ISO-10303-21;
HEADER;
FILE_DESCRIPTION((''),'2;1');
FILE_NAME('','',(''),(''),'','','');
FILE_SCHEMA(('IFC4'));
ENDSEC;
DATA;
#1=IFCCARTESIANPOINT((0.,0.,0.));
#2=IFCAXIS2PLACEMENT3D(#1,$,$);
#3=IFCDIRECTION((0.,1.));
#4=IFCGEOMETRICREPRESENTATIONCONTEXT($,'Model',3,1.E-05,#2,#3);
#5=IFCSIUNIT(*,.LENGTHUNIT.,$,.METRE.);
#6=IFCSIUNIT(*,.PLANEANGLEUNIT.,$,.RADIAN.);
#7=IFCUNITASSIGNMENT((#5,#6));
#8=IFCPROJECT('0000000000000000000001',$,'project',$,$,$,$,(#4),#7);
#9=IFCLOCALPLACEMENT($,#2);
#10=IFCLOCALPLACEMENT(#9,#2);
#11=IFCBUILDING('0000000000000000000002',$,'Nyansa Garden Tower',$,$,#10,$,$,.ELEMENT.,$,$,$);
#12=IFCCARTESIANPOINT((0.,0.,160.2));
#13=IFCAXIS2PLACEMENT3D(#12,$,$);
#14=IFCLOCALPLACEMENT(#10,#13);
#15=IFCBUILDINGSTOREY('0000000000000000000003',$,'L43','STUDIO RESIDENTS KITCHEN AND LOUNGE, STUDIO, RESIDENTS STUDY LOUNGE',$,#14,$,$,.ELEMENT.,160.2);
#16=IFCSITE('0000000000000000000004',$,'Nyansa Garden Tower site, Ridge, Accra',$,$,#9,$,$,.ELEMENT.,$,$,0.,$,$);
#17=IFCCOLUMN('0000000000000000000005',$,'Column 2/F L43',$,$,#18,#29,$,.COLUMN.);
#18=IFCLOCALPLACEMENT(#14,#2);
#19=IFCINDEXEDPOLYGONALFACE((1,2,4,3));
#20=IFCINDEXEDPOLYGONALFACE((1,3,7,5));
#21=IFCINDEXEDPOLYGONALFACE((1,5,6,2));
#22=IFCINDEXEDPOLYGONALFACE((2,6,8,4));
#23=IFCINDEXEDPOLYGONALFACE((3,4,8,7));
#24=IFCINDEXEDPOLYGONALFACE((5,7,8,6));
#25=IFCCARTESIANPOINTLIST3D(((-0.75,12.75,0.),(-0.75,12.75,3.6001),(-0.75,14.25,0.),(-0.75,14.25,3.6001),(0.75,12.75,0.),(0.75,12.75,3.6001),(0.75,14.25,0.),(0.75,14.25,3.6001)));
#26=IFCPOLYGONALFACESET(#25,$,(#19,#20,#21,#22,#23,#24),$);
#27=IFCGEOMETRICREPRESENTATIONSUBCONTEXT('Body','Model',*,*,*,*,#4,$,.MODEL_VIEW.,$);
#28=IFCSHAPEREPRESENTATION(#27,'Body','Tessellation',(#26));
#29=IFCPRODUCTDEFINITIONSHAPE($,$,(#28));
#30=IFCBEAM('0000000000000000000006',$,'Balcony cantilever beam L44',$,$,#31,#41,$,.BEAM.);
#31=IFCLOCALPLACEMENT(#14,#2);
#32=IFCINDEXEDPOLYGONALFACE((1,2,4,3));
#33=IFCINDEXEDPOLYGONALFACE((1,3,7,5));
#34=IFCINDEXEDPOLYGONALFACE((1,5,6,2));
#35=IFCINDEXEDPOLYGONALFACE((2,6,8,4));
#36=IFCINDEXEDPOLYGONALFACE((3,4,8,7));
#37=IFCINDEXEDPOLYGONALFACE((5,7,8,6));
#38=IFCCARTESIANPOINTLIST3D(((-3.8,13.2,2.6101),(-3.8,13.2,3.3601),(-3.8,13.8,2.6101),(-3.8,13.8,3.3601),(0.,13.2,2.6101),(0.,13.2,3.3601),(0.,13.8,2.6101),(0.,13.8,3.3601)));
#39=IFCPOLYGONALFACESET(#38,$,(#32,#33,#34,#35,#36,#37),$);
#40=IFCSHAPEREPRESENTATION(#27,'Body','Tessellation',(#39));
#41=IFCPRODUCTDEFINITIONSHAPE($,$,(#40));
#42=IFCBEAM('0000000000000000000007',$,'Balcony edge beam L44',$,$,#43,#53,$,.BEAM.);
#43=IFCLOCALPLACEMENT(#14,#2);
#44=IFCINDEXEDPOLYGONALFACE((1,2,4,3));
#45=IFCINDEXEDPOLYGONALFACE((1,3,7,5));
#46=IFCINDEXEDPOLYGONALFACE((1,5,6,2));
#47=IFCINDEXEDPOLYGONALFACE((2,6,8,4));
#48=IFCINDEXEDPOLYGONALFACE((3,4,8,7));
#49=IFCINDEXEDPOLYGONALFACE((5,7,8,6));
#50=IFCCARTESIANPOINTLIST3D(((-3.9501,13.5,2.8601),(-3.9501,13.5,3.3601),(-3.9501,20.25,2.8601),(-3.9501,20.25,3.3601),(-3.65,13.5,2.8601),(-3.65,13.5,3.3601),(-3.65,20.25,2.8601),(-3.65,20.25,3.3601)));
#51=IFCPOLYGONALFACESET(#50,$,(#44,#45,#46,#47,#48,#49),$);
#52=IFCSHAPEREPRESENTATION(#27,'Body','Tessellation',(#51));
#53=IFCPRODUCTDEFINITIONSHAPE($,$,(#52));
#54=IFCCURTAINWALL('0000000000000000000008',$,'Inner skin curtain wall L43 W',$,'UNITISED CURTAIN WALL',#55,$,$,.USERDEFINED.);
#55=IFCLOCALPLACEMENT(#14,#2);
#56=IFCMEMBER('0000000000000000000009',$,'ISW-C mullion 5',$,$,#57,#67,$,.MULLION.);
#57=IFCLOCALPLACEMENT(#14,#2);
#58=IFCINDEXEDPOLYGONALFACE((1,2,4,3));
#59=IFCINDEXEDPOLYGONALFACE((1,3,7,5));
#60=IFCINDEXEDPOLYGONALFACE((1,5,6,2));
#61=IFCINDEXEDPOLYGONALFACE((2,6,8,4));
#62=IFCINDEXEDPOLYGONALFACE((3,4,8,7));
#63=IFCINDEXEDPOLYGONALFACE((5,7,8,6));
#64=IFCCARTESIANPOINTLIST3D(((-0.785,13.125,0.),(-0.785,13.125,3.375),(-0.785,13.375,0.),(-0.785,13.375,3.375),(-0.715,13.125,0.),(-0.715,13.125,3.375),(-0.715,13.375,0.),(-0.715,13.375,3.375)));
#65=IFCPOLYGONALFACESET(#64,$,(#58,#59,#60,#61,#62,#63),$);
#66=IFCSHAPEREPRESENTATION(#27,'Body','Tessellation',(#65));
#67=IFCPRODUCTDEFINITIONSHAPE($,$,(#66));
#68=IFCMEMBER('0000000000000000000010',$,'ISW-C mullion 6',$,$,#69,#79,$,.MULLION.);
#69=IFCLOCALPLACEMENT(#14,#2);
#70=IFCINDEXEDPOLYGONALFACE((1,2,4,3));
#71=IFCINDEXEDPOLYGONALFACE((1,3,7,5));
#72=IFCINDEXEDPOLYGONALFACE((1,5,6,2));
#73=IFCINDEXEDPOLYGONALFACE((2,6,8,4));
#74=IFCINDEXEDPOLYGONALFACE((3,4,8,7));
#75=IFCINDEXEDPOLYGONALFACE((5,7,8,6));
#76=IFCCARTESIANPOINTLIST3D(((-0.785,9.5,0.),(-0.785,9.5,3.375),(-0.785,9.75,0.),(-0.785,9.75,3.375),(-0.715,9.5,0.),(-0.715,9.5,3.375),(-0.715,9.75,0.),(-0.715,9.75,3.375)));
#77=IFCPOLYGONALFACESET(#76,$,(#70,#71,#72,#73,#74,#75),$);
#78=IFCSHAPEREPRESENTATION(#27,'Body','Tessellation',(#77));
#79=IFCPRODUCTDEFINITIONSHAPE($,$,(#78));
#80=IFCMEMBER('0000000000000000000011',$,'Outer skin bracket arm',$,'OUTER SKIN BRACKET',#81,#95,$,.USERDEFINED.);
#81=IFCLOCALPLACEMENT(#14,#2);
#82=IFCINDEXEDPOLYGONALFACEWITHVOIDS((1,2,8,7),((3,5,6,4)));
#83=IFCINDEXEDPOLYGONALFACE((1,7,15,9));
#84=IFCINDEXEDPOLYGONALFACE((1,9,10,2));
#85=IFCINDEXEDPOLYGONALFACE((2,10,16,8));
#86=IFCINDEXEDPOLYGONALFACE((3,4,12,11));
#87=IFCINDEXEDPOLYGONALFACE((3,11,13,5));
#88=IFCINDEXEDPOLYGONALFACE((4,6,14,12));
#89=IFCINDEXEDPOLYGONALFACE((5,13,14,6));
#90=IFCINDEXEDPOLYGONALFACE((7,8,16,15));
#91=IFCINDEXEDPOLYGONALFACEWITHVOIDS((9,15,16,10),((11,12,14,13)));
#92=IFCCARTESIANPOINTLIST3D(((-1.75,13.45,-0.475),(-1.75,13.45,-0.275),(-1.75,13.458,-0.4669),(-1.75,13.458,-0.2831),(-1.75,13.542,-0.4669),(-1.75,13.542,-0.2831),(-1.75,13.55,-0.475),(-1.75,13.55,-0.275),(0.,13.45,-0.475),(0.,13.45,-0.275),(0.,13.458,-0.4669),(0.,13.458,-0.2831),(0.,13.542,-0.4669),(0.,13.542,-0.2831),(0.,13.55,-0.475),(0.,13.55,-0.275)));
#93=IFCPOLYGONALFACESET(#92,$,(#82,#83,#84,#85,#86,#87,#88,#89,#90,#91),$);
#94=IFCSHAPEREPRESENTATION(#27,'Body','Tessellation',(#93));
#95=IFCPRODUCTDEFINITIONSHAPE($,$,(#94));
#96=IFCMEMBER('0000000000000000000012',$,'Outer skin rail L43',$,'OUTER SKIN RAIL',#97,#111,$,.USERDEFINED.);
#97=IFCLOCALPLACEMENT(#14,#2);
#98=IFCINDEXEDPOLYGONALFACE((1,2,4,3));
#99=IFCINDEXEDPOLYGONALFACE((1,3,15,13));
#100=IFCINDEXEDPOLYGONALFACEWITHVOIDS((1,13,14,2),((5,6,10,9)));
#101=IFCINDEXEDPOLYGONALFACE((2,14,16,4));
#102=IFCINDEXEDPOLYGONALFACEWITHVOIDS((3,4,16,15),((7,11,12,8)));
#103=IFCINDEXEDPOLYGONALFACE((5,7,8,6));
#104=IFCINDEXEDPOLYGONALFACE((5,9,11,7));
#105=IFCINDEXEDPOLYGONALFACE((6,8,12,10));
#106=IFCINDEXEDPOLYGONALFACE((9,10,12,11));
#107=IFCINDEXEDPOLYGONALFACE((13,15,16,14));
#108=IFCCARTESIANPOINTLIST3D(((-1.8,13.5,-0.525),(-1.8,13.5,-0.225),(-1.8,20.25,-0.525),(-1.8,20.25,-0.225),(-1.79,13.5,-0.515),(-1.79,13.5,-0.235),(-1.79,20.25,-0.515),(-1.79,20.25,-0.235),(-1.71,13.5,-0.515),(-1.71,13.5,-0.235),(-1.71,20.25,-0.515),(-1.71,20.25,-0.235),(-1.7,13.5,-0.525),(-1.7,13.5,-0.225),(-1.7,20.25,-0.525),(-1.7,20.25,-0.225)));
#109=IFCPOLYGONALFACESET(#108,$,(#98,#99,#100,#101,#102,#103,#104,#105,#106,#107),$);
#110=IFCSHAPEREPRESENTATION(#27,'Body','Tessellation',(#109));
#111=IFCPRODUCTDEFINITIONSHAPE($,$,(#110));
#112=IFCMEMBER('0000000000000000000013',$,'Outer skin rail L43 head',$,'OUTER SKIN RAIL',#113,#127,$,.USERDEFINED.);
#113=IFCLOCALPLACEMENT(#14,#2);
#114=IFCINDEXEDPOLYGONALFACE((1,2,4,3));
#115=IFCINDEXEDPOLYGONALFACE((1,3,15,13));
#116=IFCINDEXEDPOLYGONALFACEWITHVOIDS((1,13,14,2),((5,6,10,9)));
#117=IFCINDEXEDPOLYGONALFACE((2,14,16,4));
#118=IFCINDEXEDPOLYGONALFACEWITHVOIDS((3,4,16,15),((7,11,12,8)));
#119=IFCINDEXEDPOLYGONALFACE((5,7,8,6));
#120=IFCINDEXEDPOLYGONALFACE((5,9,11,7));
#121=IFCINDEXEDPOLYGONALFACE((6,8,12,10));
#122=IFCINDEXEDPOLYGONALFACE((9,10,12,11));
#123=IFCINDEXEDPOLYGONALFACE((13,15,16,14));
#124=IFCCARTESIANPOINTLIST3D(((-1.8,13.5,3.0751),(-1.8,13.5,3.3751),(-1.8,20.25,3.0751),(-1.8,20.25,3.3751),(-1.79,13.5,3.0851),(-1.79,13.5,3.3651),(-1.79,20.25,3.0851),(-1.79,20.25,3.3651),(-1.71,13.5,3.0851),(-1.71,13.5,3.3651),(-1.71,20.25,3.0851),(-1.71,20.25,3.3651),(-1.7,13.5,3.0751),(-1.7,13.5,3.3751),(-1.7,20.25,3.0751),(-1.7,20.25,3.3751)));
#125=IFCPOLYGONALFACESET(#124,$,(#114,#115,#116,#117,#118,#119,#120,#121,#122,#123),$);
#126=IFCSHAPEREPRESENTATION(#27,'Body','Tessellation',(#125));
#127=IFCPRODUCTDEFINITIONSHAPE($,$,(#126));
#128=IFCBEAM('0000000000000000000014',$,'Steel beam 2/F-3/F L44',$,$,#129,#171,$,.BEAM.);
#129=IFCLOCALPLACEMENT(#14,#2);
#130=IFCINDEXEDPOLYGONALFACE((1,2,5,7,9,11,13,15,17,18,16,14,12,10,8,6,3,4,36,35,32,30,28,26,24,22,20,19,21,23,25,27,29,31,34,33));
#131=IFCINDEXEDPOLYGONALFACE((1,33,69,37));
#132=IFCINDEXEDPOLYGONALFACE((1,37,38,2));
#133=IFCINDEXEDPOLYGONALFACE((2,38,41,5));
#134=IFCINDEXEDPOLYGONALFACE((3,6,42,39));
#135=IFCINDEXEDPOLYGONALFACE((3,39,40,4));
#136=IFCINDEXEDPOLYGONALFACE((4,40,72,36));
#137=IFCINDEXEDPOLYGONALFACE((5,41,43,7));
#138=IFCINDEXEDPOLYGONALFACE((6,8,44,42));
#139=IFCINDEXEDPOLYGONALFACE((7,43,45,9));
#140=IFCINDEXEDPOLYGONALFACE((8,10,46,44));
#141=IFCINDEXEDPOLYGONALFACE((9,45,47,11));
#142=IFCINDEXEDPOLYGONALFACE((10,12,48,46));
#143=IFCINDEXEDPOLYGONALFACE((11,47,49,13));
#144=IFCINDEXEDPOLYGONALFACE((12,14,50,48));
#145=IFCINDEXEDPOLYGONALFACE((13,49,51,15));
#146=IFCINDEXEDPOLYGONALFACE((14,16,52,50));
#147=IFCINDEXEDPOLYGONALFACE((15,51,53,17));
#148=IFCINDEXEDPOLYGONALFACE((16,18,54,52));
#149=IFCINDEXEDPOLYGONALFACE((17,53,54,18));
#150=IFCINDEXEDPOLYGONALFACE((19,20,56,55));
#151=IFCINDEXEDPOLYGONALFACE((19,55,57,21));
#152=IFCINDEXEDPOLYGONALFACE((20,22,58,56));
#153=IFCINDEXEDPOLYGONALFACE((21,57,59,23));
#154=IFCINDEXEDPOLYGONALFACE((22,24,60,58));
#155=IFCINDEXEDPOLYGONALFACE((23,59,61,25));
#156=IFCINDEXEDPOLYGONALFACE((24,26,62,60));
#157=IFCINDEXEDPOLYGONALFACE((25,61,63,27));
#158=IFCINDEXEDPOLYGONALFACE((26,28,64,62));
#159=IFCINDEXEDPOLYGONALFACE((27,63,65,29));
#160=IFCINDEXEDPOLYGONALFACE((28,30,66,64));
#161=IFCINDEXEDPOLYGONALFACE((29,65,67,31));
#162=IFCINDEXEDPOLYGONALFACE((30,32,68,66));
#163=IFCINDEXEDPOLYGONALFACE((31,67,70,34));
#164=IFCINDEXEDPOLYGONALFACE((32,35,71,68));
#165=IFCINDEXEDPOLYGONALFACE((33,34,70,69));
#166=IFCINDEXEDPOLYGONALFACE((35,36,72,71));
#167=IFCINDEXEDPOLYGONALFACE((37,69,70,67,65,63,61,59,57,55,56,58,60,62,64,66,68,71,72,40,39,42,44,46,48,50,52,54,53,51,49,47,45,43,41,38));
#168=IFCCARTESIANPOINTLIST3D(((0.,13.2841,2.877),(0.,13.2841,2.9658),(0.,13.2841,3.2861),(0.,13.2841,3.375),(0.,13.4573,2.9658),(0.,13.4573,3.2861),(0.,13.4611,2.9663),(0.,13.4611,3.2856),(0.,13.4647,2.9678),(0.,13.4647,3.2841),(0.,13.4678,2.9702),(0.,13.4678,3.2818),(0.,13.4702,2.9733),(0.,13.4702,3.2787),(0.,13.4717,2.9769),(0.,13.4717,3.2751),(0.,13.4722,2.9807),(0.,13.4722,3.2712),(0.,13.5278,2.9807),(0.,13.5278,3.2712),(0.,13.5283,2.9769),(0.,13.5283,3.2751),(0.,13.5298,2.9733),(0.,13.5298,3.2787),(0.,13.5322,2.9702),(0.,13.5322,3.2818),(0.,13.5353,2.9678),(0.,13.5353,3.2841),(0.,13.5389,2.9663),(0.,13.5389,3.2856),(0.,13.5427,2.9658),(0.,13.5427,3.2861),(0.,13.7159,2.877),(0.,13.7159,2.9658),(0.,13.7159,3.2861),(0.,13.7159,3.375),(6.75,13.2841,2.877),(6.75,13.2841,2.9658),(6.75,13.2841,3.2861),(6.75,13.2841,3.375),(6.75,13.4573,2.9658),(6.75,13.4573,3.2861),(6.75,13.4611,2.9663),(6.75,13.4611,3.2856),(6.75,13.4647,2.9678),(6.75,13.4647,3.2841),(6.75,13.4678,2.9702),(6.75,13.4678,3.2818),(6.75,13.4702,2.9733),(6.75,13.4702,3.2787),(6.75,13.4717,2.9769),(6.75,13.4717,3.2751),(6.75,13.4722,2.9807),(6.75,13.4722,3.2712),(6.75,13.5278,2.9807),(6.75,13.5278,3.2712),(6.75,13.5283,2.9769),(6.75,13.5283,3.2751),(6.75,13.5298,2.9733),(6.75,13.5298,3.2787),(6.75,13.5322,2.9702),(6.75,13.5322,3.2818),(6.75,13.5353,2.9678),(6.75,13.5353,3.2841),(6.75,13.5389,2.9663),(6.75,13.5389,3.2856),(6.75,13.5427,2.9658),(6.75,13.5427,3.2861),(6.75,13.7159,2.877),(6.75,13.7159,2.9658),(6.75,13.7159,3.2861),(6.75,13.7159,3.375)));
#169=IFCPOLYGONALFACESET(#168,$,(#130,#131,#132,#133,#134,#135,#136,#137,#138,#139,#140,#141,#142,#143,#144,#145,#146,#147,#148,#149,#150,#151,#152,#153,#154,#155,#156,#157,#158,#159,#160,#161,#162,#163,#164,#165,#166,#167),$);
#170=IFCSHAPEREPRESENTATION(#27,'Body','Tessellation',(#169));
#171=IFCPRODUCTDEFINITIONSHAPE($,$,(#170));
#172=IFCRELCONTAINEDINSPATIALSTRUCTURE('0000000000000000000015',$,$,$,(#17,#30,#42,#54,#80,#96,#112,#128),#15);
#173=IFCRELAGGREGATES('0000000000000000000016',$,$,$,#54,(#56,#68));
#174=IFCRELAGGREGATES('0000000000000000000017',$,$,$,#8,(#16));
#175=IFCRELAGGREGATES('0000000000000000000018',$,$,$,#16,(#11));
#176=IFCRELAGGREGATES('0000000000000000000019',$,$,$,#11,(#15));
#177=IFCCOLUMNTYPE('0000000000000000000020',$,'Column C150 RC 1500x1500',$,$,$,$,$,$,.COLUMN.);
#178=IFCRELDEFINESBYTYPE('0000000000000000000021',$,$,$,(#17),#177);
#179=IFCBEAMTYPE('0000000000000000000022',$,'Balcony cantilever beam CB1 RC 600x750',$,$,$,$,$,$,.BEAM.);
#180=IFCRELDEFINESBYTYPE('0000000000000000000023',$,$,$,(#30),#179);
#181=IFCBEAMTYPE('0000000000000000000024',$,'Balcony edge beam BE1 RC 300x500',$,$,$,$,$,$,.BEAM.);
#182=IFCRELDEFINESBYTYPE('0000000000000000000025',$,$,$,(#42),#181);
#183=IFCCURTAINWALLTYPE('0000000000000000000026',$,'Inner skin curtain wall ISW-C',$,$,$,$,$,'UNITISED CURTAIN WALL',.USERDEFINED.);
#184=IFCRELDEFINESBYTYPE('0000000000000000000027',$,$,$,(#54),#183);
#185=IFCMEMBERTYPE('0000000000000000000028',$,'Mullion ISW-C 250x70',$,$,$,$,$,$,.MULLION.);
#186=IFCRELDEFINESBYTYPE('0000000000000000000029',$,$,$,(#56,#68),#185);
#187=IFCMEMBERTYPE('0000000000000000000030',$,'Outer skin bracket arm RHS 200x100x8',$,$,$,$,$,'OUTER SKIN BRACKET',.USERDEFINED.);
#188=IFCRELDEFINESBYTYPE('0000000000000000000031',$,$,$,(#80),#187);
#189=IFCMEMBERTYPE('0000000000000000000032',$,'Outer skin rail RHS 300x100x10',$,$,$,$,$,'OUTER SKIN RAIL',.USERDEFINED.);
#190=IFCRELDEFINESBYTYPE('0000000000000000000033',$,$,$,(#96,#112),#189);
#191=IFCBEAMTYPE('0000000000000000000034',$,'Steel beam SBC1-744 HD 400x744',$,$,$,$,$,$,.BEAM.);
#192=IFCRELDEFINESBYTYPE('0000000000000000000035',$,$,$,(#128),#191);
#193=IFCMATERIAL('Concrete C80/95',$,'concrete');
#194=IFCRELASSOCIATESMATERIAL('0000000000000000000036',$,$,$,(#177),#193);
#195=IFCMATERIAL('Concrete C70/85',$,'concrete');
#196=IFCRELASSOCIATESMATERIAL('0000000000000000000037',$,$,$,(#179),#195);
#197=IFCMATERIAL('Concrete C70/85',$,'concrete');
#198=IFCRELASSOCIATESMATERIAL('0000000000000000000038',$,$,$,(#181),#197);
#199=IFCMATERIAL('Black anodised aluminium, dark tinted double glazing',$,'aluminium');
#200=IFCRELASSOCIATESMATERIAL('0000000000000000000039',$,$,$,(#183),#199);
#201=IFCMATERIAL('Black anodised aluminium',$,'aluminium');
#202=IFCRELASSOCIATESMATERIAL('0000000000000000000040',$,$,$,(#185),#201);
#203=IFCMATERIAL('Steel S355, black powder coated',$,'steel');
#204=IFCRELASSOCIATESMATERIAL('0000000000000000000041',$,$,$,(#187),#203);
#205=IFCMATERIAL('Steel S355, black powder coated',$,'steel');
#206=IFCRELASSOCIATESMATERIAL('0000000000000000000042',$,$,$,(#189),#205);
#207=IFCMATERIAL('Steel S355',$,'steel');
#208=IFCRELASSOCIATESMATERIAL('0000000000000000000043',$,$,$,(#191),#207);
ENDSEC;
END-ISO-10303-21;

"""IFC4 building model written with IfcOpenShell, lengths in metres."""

from ifc_helpers import new_model, si_unit, direction, frame, origin, origin_2d, place, context, subcontext, project, spatial, rectangle, hollow_rectangle, i_section, extrude, material, material_profile, profile_set, type_object, element, aggregate, save


model = new_model("IFC4")

# Units and contexts
model_context = context("Model", 3, precision=1e-05, world=origin(), true_north=direction((0.0, 1.0)))
body_context = subcontext(model_context, "Body", "Model", "MODEL_VIEW")
ifc_project = project(units=[si_unit("LENGTHUNIT", "METRE"), si_unit("PLANEANGLEUNIT", "RADIAN")], contexts=[model_context])

# Site, building, storey
site_placement = place(None, origin())
site = spatial("IfcSite", under=ifc_project, at=site_placement, Name="Nyansa Garden Tower site, Ridge, Accra", CompositionType="ELEMENT", RefElevation=0.0)
building_placement = place(site_placement, origin())
building = spatial("IfcBuilding", under=site, at=building_placement, Name="Nyansa Garden Tower", CompositionType="ELEMENT")
storey_placement = place(building_placement, frame((0.0, 0.0, 160.2)))
storey = spatial("IfcBuildingStorey", under=building, at=storey_placement, Name="L43", Description="STUDIO RESIDENTS KITCHEN AND LOUNGE, STUDIO, RESIDENTS STUDY LOUNGE", CompositionType="ELEMENT", Elevation=160.2)

# Column
ifc_material_1 = material(Name="Concrete C80/95", Category="concrete")
ifc_material_profile_1 = material_profile(ifc_material_1, rectangle(XDim=1.5, YDim=1.5, at=origin_2d()), Name="RC 1500x1500")
ifc_profile_set_1 = profile_set([ifc_material_profile_1], Name="Concrete C80/95")
column_type = type_object("IfcColumnType", Name="Column C150 RC 1500x1500", PredefinedType="COLUMN", material=ifc_profile_set_1)
column_placement = place(storey_placement, frame((0.0, 13.5, 0.0), z_axis=(0.0, 0.0, 1.0), x_axis=(1.0, 0.0, 0.0)))
element("IfcColumn", 1, at=column_placement, inside=storey, type_object=column_type, Name="Column 2/F L43", PredefinedType="COLUMN", context=body_context, shape_type="SweptSolid", body=[
    extrude(rectangle(XDim=1.5, YDim=1.5, at=origin_2d()), origin(), (0.0, 0.0, 1.0), 3.6001),
])

# Beams
ifc_material_2 = material(Name="Concrete C70/85", Category="concrete")
ifc_material_profile_2 = material_profile(ifc_material_2, rectangle(XDim=0.6001, YDim=0.75, at=origin_2d()), Name="RC 600x750")
ifc_profile_set_2 = profile_set([ifc_material_profile_2], Name="Concrete C70/85")
beam_type_1 = type_object("IfcBeamType", Name="Balcony cantilever beam CB1 RC 600x750", PredefinedType="BEAM", material=ifc_profile_set_2)
beam_1_placement = place(storey_placement, frame((0.0, 13.5, 2.9851), z_axis=(-1.0, 0.0, 0.0), x_axis=(0.0, -1.0, 0.0)))
element("IfcBeam", 2, at=beam_1_placement, inside=storey, type_object=beam_type_1, Name="Balcony cantilever beam L44", PredefinedType="BEAM", context=body_context, shape_type="SweptSolid", body=[
    extrude(rectangle(XDim=0.6001, YDim=0.75, at=origin_2d()), origin(), (0.0, 0.0, 1.0), 3.8),
])
ifc_material_3 = material(Name="Concrete C70/85", Category="concrete")
ifc_material_profile_3 = material_profile(ifc_material_3, rectangle(XDim=0.3, YDim=0.5, at=origin_2d()), Name="RC 300x500")
ifc_profile_set_3 = profile_set([ifc_material_profile_3], Name="Concrete C70/85")
beam_type_2 = type_object("IfcBeamType", Name="Balcony edge beam BE1 RC 300x500", PredefinedType="BEAM", material=ifc_profile_set_3)
beam_2_placement = place(storey_placement, frame((-3.8, 13.5, 3.1101), z_axis=(0.0, 1.0, 0.0), x_axis=(-1.0, 0.0, 0.0)))
element("IfcBeam", 3, at=beam_2_placement, inside=storey, type_object=beam_type_2, Name="Balcony edge beam L44", PredefinedType="BEAM", context=body_context, shape_type="SweptSolid", body=[
    extrude(rectangle(XDim=0.3, YDim=0.5, at=origin_2d()), origin(), (0.0, 0.0, 1.0), 6.75),
])

# Curtain wall, members
ifc_material_4 = material(Name="Black anodised aluminium, dark tinted double glazing", Category="aluminium")
curtain_wall_type = type_object("IfcCurtainWallType", Name="Inner skin curtain wall ISW-C", ElementType="UNITISED CURTAIN WALL", PredefinedType="USERDEFINED", material=ifc_material_4)
curtain_wall_placement = place(storey_placement, origin())
curtain_wall = element("IfcCurtainWall", 4, at=curtain_wall_placement, inside=storey, type_object=curtain_wall_type, Name="Inner skin curtain wall L43 W", ObjectType="UNITISED CURTAIN WALL", PredefinedType="USERDEFINED")
ifc_material_5 = material(Name="Black anodised aluminium", Category="aluminium")
ifc_material_profile_4 = material_profile(ifc_material_5, rectangle(XDim=0.0701, YDim=0.25, at=origin_2d()), Name="Mullion 250x70")
ifc_profile_set_4 = profile_set([ifc_material_profile_4], Name="Black anodised aluminium")
member_type_1 = type_object("IfcMemberType", Name="Mullion ISW-C 250x70", PredefinedType="MULLION", material=ifc_profile_set_4)
member_1_placement = place(storey_placement, frame((-0.75, 13.25, 0.0), z_axis=(0.0, 0.0, 1.0), x_axis=(1.0, 0.0, 0.0)))
member_1 = element("IfcMember", 5, at=member_1_placement, type_object=member_type_1, Name="ISW-C mullion 5", PredefinedType="MULLION", context=body_context, shape_type="SweptSolid", body=[
    extrude(rectangle(XDim=0.0701, YDim=0.25, at=origin_2d()), origin(), (0.0, 0.0, 1.0), 3.375),
])
member_2_placement = place(storey_placement, frame((-0.75, 9.625, 0.0), z_axis=(0.0, 0.0, 1.0), x_axis=(1.0, 0.0, 0.0)))
member_2 = element("IfcMember", 6, at=member_2_placement, type_object=member_type_1, Name="ISW-C mullion 6", PredefinedType="MULLION", context=body_context, shape_type="SweptSolid", body=[
    extrude(rectangle(XDim=0.0701, YDim=0.25, at=origin_2d()), origin(), (0.0, 0.0, 1.0), 3.375),
])

# Members
ifc_material_6 = material(Name="Steel S355, black powder coated", Category="steel")
ifc_material_profile_5 = material_profile(ifc_material_6, hollow_rectangle(XDim=0.1001, YDim=0.2, WallThickness=0.0081, at=origin_2d()), Name="RHS 200x100x8")
ifc_profile_set_5 = profile_set([ifc_material_profile_5], Name="Steel S355, black powder coated")
member_type_2 = type_object("IfcMemberType", Name="Outer skin bracket arm RHS 200x100x8", ElementType="OUTER SKIN BRACKET", PredefinedType="USERDEFINED", material=ifc_profile_set_5)
member_3_placement = place(storey_placement, frame((0.0, 13.5, -0.375), z_axis=(-1.0, 0.0, 0.0), x_axis=(0.0, -1.0, 0.0)))
element("IfcMember", 7, at=member_3_placement, inside=storey, type_object=member_type_2, Name="Outer skin bracket arm", ObjectType="OUTER SKIN BRACKET", PredefinedType="USERDEFINED", context=body_context, shape_type="SweptSolid", body=[
    extrude(hollow_rectangle(XDim=0.1001, YDim=0.2, WallThickness=0.0081, at=origin_2d()), origin(), (0.0, 0.0, 1.0), 1.75),
])
ifc_material_7 = material(Name="Steel S355, black powder coated", Category="steel")
ifc_material_profile_6 = material_profile(ifc_material_7, hollow_rectangle(XDim=0.1001, YDim=0.3, WallThickness=0.01, at=origin_2d()), Name="RHS 300x100x10")
ifc_profile_set_6 = profile_set([ifc_material_profile_6], Name="Steel S355, black powder coated")
member_type_3 = type_object("IfcMemberType", Name="Outer skin rail RHS 300x100x10", ElementType="OUTER SKIN RAIL", PredefinedType="USERDEFINED", material=ifc_profile_set_6)
for number, where, z_axis, x_axis, name in (
    (8, (-1.75, 13.5, -0.375), (0.0, 1.0, 0.0), (-1.0, 0.0, 0.0), "Outer skin rail L43"),
    (9, (-1.75, 13.5, 3.2251), (0.0, 1.0, 0.0), (-1.0, 0.0, 0.0), "Outer skin rail L43 head"),
):
    element("IfcMember", number, at=place(storey_placement, frame(where, z_axis=z_axis, x_axis=x_axis)), inside=storey, type_object=member_type_3, Name=name, ObjectType="OUTER SKIN RAIL", PredefinedType="USERDEFINED", context=body_context, shape_type="SweptSolid", body=[
        extrude(hollow_rectangle(XDim=0.1001, YDim=0.3, WallThickness=0.01, at=origin_2d()), origin(), (0.0, 0.0, 1.0), 6.75),
    ])

# Beam
ifc_material_8 = material(Name="Steel S355", Category="steel")
ifc_material_profile_7 = material_profile(ifc_material_8, i_section(OverallWidth=0.4319, OverallDepth=0.498, WebThickness=0.0557, FlangeThickness=0.0889, FilletRadius=0.0149, at=origin_2d()), Name="HD 400x744")
ifc_profile_set_7 = profile_set([ifc_material_profile_7], Name="Steel S355")
beam_type_3 = type_object("IfcBeamType", Name="Steel beam SBC1-744 HD 400x744", PredefinedType="BEAM", material=ifc_profile_set_7)
beam_3_placement = place(storey_placement, frame((0.0, 13.5, 3.126), z_axis=(1.0, 0.0, 0.0), x_axis=(0.0, 1.0, 0.0)))
element("IfcBeam", 10, at=beam_3_placement, inside=storey, type_object=beam_type_3, Name="Steel beam 2/F-3/F L44", PredefinedType="BEAM", context=body_context, shape_type="SweptSolid", body=[
    extrude(i_section(OverallWidth=0.4319, OverallDepth=0.498, WebThickness=0.0557, FlangeThickness=0.0889, FilletRadius=0.0149, at=origin_2d()), origin(), (0.0, 0.0, 1.0), 6.75),
])

aggregate(curtain_wall, [member_1, member_2])

save(model, "model.ifc")
